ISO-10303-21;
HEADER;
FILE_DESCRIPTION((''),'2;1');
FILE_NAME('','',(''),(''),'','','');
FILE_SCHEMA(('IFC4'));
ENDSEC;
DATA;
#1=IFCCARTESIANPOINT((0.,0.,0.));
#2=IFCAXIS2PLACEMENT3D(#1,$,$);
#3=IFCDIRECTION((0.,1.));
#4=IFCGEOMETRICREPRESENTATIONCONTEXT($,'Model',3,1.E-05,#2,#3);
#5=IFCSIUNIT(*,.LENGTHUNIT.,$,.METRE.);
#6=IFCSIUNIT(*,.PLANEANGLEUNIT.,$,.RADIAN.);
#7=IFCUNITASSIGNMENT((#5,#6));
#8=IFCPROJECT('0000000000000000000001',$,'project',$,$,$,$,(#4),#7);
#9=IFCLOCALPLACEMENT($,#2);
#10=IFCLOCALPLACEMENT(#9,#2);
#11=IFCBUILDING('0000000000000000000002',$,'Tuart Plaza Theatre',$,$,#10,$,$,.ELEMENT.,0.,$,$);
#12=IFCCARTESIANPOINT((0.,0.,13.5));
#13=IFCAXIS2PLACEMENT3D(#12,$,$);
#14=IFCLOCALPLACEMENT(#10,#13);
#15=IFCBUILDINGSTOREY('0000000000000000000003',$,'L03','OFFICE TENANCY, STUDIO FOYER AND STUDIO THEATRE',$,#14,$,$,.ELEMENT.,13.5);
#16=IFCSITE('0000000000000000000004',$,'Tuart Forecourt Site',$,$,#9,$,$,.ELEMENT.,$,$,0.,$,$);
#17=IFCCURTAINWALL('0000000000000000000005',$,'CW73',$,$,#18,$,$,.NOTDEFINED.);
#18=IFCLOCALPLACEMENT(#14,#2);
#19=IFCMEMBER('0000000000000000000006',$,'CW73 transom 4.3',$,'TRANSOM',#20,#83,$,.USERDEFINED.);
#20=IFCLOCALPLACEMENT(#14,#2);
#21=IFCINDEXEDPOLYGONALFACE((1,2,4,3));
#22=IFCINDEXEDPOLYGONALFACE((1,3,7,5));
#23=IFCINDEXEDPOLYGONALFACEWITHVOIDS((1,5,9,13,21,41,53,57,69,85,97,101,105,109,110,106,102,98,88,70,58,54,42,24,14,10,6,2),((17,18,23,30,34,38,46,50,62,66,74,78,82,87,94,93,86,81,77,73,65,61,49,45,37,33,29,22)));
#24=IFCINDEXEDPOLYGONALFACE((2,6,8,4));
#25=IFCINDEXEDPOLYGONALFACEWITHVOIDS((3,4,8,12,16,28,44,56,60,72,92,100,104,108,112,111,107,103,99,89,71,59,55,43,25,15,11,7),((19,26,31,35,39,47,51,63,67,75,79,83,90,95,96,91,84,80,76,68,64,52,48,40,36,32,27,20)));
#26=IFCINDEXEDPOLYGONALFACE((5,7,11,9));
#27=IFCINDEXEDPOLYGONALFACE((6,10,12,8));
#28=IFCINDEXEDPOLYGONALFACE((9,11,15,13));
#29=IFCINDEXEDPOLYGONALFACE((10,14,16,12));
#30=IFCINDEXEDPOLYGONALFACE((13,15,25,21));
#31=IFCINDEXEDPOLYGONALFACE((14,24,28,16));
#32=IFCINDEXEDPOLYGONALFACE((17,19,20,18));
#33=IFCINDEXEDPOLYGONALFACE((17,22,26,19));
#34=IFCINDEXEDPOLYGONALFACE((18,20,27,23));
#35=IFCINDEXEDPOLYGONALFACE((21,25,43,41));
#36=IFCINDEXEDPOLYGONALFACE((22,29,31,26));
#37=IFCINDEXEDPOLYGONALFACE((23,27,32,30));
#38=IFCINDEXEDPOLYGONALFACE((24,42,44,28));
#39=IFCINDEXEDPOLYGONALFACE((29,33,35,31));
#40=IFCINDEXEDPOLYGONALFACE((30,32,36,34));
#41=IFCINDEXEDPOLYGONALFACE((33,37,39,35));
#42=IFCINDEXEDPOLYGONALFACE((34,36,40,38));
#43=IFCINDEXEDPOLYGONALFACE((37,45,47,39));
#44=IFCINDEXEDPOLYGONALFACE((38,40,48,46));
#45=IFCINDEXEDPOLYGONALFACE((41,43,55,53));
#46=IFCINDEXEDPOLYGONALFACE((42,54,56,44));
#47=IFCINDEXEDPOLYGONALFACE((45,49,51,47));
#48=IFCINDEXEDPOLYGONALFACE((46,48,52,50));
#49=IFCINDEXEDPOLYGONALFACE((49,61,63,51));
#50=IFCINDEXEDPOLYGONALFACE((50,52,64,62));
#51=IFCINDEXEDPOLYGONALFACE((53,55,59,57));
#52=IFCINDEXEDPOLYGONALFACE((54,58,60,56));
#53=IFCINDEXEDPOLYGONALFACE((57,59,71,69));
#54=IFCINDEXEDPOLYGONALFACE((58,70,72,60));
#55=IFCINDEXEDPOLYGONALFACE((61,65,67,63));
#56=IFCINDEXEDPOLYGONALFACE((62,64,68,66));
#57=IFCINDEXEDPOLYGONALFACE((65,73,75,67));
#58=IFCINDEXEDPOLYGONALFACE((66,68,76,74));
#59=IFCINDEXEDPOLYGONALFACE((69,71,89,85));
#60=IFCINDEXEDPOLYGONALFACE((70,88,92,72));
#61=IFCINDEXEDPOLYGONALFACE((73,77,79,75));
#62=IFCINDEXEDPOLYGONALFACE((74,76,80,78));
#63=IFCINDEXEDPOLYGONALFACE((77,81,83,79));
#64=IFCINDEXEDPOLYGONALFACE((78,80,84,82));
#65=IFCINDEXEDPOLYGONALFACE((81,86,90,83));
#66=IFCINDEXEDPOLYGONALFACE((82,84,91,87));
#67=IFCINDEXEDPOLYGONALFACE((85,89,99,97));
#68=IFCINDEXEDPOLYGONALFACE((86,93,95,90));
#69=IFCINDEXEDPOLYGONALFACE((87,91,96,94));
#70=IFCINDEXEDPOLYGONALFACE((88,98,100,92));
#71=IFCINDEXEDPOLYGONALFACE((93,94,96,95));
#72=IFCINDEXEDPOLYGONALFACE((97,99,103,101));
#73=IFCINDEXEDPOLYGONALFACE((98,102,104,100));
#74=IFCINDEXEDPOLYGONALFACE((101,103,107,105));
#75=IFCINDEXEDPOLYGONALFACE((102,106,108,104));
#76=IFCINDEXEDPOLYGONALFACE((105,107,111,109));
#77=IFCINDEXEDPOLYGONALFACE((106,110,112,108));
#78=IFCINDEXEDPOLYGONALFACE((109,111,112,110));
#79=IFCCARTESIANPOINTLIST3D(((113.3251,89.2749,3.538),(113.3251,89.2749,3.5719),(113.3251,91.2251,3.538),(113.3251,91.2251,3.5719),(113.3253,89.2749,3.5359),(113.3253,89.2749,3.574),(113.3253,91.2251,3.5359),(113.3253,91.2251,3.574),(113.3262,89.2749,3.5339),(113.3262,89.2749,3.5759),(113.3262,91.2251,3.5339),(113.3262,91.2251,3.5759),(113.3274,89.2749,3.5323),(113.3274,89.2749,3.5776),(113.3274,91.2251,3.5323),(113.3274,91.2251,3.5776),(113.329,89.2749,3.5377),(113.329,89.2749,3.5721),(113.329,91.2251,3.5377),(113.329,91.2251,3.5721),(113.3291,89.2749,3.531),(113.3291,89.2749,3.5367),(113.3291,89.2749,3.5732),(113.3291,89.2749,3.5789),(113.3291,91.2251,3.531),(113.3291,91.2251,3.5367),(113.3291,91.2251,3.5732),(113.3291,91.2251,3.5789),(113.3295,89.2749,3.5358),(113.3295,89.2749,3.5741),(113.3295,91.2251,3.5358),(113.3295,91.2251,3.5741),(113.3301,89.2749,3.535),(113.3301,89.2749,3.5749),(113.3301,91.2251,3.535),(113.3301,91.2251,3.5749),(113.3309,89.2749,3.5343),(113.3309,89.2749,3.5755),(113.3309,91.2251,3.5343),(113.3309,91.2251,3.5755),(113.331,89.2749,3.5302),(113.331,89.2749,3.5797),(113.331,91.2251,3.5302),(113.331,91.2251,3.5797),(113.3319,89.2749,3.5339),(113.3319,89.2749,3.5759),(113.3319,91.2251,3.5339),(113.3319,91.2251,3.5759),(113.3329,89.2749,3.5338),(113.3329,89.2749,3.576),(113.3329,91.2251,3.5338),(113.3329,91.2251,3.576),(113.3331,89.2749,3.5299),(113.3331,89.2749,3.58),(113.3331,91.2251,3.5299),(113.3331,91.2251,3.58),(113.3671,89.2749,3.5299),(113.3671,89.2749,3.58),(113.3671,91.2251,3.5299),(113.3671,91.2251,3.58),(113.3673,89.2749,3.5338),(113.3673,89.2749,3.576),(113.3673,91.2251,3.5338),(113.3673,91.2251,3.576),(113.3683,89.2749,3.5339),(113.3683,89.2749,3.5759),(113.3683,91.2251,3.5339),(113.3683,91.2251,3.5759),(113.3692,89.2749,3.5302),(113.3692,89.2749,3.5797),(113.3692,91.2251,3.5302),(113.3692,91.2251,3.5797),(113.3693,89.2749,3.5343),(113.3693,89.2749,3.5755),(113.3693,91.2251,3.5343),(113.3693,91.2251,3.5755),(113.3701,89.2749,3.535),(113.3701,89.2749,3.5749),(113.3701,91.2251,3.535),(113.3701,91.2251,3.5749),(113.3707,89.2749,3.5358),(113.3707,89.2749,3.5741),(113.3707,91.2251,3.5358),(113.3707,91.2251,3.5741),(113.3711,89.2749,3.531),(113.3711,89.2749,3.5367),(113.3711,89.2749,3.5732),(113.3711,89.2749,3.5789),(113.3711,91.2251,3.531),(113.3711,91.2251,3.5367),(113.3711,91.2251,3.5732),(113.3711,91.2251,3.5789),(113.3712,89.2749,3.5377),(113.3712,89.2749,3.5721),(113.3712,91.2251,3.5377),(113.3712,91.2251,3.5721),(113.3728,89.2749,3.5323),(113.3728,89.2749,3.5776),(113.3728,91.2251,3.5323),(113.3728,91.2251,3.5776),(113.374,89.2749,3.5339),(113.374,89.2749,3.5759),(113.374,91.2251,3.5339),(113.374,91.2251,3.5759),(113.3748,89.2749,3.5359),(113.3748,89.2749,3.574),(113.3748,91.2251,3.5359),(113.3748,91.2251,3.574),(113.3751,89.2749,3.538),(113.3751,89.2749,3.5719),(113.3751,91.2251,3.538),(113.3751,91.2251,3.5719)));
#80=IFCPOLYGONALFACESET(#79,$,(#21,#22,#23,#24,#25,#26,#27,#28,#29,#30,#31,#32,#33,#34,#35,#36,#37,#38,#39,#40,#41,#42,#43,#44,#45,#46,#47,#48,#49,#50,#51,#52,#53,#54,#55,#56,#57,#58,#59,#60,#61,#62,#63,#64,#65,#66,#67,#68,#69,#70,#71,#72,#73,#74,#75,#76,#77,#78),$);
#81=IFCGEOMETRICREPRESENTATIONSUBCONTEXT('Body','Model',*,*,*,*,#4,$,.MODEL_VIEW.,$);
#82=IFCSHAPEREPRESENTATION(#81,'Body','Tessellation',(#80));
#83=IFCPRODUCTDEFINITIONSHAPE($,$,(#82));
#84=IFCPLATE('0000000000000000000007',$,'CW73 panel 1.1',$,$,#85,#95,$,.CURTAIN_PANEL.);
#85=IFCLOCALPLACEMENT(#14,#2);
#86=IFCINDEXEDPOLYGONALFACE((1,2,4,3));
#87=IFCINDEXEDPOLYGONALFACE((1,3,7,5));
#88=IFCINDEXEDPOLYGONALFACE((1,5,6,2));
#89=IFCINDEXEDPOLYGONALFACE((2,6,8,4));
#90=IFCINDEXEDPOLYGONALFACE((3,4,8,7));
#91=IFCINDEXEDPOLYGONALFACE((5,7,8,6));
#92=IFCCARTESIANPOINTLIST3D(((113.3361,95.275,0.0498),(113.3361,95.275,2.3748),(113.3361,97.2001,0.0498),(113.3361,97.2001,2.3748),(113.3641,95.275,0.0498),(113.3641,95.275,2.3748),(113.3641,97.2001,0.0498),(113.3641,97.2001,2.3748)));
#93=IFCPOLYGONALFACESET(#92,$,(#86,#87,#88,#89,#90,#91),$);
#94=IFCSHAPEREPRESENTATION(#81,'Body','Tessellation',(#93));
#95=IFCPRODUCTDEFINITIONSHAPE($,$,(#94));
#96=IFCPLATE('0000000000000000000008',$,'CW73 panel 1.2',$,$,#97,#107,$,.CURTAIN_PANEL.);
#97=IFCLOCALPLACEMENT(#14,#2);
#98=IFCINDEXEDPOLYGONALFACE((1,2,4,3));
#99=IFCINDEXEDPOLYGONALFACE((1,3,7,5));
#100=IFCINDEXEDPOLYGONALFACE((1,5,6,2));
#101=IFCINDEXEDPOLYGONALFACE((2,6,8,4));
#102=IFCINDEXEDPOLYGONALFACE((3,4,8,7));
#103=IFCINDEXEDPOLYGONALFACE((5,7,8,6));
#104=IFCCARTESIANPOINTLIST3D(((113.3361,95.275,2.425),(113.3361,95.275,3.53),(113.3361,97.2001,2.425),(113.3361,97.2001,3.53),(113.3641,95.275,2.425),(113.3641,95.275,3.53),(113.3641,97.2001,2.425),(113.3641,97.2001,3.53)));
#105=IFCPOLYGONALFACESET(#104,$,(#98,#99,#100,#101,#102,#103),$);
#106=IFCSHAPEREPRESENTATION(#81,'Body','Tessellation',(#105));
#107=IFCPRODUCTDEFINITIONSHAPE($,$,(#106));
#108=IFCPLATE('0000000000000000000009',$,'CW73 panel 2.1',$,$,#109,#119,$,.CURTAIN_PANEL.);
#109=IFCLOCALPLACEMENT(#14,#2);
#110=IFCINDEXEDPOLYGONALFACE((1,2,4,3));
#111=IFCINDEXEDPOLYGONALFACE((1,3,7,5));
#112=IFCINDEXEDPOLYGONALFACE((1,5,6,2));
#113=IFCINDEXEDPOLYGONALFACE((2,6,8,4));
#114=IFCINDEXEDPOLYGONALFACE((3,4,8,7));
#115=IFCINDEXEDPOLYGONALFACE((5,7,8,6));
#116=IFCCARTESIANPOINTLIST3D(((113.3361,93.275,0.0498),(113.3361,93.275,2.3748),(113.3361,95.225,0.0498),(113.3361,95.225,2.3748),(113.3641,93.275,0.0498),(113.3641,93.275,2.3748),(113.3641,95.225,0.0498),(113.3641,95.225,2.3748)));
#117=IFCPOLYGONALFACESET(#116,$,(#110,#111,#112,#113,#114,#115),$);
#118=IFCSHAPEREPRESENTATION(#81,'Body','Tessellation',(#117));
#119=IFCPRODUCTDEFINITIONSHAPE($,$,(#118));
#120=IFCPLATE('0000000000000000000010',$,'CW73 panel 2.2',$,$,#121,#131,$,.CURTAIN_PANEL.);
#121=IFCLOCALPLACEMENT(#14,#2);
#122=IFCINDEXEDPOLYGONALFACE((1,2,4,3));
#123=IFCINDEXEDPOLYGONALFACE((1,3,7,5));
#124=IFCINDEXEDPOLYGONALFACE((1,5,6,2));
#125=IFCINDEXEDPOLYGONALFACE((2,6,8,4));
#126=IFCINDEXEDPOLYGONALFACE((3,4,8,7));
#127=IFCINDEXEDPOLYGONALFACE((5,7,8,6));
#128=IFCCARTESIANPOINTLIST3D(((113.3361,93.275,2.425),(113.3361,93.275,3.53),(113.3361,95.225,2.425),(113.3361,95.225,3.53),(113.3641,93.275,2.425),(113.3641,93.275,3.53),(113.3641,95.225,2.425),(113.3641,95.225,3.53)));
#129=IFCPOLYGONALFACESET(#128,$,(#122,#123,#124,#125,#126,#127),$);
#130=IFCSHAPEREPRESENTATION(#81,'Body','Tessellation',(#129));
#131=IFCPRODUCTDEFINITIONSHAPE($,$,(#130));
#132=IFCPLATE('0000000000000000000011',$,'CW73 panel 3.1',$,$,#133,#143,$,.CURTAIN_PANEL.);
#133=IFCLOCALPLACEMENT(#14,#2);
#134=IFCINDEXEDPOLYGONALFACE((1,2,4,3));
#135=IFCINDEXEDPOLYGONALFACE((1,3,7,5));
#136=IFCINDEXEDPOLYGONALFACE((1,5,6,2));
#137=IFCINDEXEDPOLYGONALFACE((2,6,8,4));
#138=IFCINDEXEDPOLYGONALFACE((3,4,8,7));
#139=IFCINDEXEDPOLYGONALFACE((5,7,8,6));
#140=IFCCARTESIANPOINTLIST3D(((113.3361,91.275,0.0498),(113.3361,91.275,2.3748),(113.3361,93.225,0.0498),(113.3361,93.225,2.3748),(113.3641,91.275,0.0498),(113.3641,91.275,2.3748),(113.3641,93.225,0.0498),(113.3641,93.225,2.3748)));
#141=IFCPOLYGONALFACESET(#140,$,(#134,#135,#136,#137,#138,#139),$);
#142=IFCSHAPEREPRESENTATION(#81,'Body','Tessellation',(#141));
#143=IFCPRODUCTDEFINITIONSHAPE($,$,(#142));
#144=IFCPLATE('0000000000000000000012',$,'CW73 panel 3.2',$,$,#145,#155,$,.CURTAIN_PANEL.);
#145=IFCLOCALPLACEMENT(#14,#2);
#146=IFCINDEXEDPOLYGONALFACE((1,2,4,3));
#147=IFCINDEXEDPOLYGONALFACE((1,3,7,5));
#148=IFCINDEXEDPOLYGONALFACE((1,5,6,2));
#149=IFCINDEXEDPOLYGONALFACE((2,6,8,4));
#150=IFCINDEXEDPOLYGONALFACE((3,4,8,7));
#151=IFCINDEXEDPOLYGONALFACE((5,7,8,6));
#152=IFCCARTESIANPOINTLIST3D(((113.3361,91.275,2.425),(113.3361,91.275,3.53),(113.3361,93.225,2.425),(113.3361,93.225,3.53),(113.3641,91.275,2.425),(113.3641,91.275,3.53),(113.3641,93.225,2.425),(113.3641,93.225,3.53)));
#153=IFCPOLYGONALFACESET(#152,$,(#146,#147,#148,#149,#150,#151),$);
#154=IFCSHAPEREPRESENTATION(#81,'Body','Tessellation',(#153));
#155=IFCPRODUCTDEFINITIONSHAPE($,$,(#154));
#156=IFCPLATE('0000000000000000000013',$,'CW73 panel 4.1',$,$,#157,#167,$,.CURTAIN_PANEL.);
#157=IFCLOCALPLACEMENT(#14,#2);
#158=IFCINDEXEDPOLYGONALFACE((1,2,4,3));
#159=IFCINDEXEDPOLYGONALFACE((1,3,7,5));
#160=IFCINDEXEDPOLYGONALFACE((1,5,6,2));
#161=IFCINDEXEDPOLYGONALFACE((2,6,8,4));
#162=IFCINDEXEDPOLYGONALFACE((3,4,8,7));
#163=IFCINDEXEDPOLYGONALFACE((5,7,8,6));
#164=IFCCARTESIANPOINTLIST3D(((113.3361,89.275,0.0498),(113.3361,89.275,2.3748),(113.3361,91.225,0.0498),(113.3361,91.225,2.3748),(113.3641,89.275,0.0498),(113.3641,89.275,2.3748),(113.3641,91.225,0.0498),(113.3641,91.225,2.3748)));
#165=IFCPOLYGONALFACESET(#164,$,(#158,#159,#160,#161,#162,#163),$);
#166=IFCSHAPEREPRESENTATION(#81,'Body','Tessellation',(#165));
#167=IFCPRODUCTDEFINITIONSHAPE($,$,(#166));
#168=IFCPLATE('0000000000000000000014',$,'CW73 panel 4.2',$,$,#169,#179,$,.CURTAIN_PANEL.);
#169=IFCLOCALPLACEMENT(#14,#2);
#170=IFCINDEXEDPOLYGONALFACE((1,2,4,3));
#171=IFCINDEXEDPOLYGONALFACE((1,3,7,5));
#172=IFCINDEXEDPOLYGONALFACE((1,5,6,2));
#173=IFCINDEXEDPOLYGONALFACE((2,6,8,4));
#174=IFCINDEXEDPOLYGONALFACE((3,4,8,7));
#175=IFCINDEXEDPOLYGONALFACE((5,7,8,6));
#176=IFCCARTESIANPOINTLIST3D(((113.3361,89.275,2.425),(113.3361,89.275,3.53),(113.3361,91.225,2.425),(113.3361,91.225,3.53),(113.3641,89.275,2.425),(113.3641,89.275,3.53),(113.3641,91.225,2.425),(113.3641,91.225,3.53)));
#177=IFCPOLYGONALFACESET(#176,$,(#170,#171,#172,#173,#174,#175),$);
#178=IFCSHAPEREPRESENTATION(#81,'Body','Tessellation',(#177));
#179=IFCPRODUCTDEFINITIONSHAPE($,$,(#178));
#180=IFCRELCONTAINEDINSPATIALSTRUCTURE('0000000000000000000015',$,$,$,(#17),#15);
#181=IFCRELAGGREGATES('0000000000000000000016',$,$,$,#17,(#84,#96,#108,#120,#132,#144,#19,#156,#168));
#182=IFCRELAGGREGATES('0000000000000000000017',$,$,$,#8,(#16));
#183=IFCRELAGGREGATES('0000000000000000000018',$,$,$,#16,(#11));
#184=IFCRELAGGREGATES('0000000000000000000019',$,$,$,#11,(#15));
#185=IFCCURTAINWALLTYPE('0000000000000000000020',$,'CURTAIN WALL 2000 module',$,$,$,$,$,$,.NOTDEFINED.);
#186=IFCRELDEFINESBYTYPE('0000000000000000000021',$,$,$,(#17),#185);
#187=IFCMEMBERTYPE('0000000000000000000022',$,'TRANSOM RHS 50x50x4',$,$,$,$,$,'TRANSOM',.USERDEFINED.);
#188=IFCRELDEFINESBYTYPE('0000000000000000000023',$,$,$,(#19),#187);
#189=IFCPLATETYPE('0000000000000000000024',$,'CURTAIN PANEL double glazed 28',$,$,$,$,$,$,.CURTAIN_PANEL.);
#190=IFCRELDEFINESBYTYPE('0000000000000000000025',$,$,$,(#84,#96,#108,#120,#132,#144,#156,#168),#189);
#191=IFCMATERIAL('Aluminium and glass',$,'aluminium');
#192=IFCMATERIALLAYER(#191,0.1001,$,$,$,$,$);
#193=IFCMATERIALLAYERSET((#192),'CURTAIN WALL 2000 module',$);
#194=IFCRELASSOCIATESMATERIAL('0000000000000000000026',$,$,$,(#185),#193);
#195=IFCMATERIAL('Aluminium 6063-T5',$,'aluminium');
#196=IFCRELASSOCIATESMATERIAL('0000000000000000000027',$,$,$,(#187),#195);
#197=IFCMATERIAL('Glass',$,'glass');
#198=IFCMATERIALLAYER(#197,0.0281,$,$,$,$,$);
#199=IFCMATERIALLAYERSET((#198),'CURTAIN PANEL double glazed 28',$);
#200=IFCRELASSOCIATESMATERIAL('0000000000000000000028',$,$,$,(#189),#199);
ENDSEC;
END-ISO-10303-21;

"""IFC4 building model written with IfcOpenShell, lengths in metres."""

from ifc_helpers import new_model, si_unit, direction, frame, origin, origin_2d, place, context, subcontext, project, spatial, rectangle, hollow_rectangle, extrude, material, layer, layer_set, material_profile, profile_set, type_object, element, aggregate, save


model = new_model("IFC4")

# Units and contexts
model_context = context("Model", 3, precision=1e-05, world=origin(), true_north=direction((0.0, 1.0)))
body_context = subcontext(model_context, "Body", "Model", "MODEL_VIEW")
ifc_project = project(units=[si_unit("LENGTHUNIT", "METRE"), si_unit("PLANEANGLEUNIT", "RADIAN")], contexts=[model_context])

# Site, building, storey
site_placement = place(None, origin())
site = spatial("IfcSite", under=ifc_project, at=site_placement, Name="Tuart Forecourt Site", CompositionType="ELEMENT", RefElevation=0.0)
building_placement = place(site_placement, origin())
building = spatial("IfcBuilding", under=site, at=building_placement, Name="Tuart Plaza Theatre", CompositionType="ELEMENT", ElevationOfRefHeight=0.0)
storey_placement = place(building_placement, frame((0.0, 0.0, 13.5)))
storey = spatial("IfcBuildingStorey", under=building, at=storey_placement, Name="L03", Description="OFFICE TENANCY, STUDIO FOYER AND STUDIO THEATRE", CompositionType="ELEMENT", Elevation=13.5)

# Curtain wall, member, plates
ifc_material_1 = material(Name="Aluminium and glass", Category="aluminium")
ifc_layer_1 = layer(ifc_material_1, 0.1001)
ifc_layer_set_1 = layer_set([ifc_layer_1], Name="CURTAIN WALL 2000 module")
curtain_wall_type = type_object("IfcCurtainWallType", Name="CURTAIN WALL 2000 module", PredefinedType="NOTDEFINED", material=ifc_layer_set_1)
curtain_wall_placement = place(storey_placement, origin())
curtain_wall = element("IfcCurtainWall", 1, at=curtain_wall_placement, inside=storey, type_object=curtain_wall_type, Name="CW73", PredefinedType="NOTDEFINED")
ifc_material_2 = material(Name="Aluminium 6063-T5", Category="aluminium")
ifc_material_profile_1 = material_profile(ifc_material_2, hollow_rectangle(XDim=0.05, YDim=0.05, WallThickness=0.0039, InnerFilletRadius=0.0039, OuterFilletRadius=0.0081, at=origin_2d()), Name="RHS 50x50x4")
ifc_profile_set_1 = profile_set([ifc_material_profile_1], Name="Aluminium 6063-T5")
member_type = type_object("IfcMemberType", Name="TRANSOM RHS 50x50x4", ElementType="TRANSOM", PredefinedType="USERDEFINED", material=ifc_profile_set_1)
member_1_placement = place(storey_placement, frame((113.3501, 91.2251, 3.5549), z_axis=(0.0, -1.0, 0.0), x_axis=(1.0, 0.0, 0.0)))
member_1 = element("IfcMember", 2, at=member_1_placement, type_object=member_type, Name="CW73 transom 4.3", ObjectType="TRANSOM", PredefinedType="USERDEFINED", context=body_context, shape_type="SweptSolid", body=[
    extrude(hollow_rectangle(XDim=0.05, YDim=0.05, WallThickness=0.0039, InnerFilletRadius=0.0039, OuterFilletRadius=0.0081, at=origin_2d()), origin(), (0.0, 0.0, 1.0), 1.9502),
])
ifc_material_3 = material(Name="Glass", Category="glass")
ifc_layer_2 = layer(ifc_material_3, 0.0281)
ifc_layer_set_2 = layer_set([ifc_layer_2], Name="CURTAIN PANEL double glazed 28")
plate_type = type_object("IfcPlateType", Name="CURTAIN PANEL double glazed 28", PredefinedType="CURTAIN_PANEL", material=ifc_layer_set_2)
plate_1_placement = place(storey_placement, frame((113.3501, 96.2375, 0.0498), z_axis=(0.0, 0.0, 1.0), x_axis=(0.0, -1.0, 0.0)))
plate_1 = element("IfcPlate", 3, at=plate_1_placement, type_object=plate_type, Name="CW73 panel 1.1", PredefinedType="CURTAIN_PANEL", context=body_context, shape_type="SweptSolid", body=[
    extrude(rectangle(XDim=1.925, YDim=0.0281, at=origin_2d()), origin(), (0.0, 0.0, 1.0), 2.325),
])
plate_2_placement = place(storey_placement, frame((113.3501, 96.2375, 2.425), z_axis=(0.0, 0.0, 1.0), x_axis=(0.0, -1.0, 0.0)))
plate_2 = element("IfcPlate", 4, at=plate_2_placement, type_object=plate_type, Name="CW73 panel 1.2", PredefinedType="CURTAIN_PANEL", context=body_context, shape_type="SweptSolid", body=[
    extrude(rectangle(XDim=1.925, YDim=0.0281, at=origin_2d()), origin(), (0.0, 0.0, 1.0), 1.105),
])
plate_3_placement = place(storey_placement, frame((113.3501, 94.25, 0.0498), z_axis=(0.0, 0.0, 1.0), x_axis=(0.0, -1.0, 0.0)))
plate_3 = element("IfcPlate", 5, at=plate_3_placement, type_object=plate_type, Name="CW73 panel 2.1", PredefinedType="CURTAIN_PANEL", context=body_context, shape_type="SweptSolid", body=[
    extrude(rectangle(XDim=1.95, YDim=0.0281, at=origin_2d()), origin(), (0.0, 0.0, 1.0), 2.325),
])
plate_4_placement = place(storey_placement, frame((113.3501, 94.25, 2.425), z_axis=(0.0, 0.0, 1.0), x_axis=(0.0, -1.0, 0.0)))
plate_4 = element("IfcPlate", 6, at=plate_4_placement, type_object=plate_type, Name="CW73 panel 2.2", PredefinedType="CURTAIN_PANEL", context=body_context, shape_type="SweptSolid", body=[
    extrude(rectangle(XDim=1.95, YDim=0.0281, at=origin_2d()), origin(), (0.0, 0.0, 1.0), 1.105),
])
plate_5_placement = place(storey_placement, frame((113.3501, 92.25, 0.0498), z_axis=(0.0, 0.0, 1.0), x_axis=(0.0, -1.0, 0.0)))
plate_5 = element("IfcPlate", 7, at=plate_5_placement, type_object=plate_type, Name="CW73 panel 3.1", PredefinedType="CURTAIN_PANEL", context=body_context, shape_type="SweptSolid", body=[
    extrude(rectangle(XDim=1.95, YDim=0.0281, at=origin_2d()), origin(), (0.0, 0.0, 1.0), 2.325),
])
plate_6_placement = place(storey_placement, frame((113.3501, 92.25, 2.425), z_axis=(0.0, 0.0, 1.0), x_axis=(0.0, -1.0, 0.0)))
plate_6 = element("IfcPlate", 8, at=plate_6_placement, type_object=plate_type, Name="CW73 panel 3.2", PredefinedType="CURTAIN_PANEL", context=body_context, shape_type="SweptSolid", body=[
    extrude(rectangle(XDim=1.95, YDim=0.0281, at=origin_2d()), origin(), (0.0, 0.0, 1.0), 1.105),
])
plate_7_placement = place(storey_placement, frame((113.3501, 90.25, 0.0498), z_axis=(0.0, 0.0, 1.0), x_axis=(0.0, -1.0, 0.0)))
plate_7 = element("IfcPlate", 9, at=plate_7_placement, type_object=plate_type, Name="CW73 panel 4.1", PredefinedType="CURTAIN_PANEL", context=body_context, shape_type="SweptSolid", body=[
    extrude(rectangle(XDim=1.95, YDim=0.0281, at=origin_2d()), origin(), (0.0, 0.0, 1.0), 2.325),
])
plate_8_placement = place(storey_placement, frame((113.3501, 90.25, 2.425), z_axis=(0.0, 0.0, 1.0), x_axis=(0.0, -1.0, 0.0)))
plate_8 = element("IfcPlate", 10, at=plate_8_placement, type_object=plate_type, Name="CW73 panel 4.2", PredefinedType="CURTAIN_PANEL", context=body_context, shape_type="SweptSolid", body=[
    extrude(rectangle(XDim=1.95, YDim=0.0281, at=origin_2d()), origin(), (0.0, 0.0, 1.0), 1.105),
])
aggregate(curtain_wall, [plate_1, plate_2, plate_3, plate_4, plate_5, plate_6, member_1, plate_7, plate_8])

save(model, "model.ifc")
